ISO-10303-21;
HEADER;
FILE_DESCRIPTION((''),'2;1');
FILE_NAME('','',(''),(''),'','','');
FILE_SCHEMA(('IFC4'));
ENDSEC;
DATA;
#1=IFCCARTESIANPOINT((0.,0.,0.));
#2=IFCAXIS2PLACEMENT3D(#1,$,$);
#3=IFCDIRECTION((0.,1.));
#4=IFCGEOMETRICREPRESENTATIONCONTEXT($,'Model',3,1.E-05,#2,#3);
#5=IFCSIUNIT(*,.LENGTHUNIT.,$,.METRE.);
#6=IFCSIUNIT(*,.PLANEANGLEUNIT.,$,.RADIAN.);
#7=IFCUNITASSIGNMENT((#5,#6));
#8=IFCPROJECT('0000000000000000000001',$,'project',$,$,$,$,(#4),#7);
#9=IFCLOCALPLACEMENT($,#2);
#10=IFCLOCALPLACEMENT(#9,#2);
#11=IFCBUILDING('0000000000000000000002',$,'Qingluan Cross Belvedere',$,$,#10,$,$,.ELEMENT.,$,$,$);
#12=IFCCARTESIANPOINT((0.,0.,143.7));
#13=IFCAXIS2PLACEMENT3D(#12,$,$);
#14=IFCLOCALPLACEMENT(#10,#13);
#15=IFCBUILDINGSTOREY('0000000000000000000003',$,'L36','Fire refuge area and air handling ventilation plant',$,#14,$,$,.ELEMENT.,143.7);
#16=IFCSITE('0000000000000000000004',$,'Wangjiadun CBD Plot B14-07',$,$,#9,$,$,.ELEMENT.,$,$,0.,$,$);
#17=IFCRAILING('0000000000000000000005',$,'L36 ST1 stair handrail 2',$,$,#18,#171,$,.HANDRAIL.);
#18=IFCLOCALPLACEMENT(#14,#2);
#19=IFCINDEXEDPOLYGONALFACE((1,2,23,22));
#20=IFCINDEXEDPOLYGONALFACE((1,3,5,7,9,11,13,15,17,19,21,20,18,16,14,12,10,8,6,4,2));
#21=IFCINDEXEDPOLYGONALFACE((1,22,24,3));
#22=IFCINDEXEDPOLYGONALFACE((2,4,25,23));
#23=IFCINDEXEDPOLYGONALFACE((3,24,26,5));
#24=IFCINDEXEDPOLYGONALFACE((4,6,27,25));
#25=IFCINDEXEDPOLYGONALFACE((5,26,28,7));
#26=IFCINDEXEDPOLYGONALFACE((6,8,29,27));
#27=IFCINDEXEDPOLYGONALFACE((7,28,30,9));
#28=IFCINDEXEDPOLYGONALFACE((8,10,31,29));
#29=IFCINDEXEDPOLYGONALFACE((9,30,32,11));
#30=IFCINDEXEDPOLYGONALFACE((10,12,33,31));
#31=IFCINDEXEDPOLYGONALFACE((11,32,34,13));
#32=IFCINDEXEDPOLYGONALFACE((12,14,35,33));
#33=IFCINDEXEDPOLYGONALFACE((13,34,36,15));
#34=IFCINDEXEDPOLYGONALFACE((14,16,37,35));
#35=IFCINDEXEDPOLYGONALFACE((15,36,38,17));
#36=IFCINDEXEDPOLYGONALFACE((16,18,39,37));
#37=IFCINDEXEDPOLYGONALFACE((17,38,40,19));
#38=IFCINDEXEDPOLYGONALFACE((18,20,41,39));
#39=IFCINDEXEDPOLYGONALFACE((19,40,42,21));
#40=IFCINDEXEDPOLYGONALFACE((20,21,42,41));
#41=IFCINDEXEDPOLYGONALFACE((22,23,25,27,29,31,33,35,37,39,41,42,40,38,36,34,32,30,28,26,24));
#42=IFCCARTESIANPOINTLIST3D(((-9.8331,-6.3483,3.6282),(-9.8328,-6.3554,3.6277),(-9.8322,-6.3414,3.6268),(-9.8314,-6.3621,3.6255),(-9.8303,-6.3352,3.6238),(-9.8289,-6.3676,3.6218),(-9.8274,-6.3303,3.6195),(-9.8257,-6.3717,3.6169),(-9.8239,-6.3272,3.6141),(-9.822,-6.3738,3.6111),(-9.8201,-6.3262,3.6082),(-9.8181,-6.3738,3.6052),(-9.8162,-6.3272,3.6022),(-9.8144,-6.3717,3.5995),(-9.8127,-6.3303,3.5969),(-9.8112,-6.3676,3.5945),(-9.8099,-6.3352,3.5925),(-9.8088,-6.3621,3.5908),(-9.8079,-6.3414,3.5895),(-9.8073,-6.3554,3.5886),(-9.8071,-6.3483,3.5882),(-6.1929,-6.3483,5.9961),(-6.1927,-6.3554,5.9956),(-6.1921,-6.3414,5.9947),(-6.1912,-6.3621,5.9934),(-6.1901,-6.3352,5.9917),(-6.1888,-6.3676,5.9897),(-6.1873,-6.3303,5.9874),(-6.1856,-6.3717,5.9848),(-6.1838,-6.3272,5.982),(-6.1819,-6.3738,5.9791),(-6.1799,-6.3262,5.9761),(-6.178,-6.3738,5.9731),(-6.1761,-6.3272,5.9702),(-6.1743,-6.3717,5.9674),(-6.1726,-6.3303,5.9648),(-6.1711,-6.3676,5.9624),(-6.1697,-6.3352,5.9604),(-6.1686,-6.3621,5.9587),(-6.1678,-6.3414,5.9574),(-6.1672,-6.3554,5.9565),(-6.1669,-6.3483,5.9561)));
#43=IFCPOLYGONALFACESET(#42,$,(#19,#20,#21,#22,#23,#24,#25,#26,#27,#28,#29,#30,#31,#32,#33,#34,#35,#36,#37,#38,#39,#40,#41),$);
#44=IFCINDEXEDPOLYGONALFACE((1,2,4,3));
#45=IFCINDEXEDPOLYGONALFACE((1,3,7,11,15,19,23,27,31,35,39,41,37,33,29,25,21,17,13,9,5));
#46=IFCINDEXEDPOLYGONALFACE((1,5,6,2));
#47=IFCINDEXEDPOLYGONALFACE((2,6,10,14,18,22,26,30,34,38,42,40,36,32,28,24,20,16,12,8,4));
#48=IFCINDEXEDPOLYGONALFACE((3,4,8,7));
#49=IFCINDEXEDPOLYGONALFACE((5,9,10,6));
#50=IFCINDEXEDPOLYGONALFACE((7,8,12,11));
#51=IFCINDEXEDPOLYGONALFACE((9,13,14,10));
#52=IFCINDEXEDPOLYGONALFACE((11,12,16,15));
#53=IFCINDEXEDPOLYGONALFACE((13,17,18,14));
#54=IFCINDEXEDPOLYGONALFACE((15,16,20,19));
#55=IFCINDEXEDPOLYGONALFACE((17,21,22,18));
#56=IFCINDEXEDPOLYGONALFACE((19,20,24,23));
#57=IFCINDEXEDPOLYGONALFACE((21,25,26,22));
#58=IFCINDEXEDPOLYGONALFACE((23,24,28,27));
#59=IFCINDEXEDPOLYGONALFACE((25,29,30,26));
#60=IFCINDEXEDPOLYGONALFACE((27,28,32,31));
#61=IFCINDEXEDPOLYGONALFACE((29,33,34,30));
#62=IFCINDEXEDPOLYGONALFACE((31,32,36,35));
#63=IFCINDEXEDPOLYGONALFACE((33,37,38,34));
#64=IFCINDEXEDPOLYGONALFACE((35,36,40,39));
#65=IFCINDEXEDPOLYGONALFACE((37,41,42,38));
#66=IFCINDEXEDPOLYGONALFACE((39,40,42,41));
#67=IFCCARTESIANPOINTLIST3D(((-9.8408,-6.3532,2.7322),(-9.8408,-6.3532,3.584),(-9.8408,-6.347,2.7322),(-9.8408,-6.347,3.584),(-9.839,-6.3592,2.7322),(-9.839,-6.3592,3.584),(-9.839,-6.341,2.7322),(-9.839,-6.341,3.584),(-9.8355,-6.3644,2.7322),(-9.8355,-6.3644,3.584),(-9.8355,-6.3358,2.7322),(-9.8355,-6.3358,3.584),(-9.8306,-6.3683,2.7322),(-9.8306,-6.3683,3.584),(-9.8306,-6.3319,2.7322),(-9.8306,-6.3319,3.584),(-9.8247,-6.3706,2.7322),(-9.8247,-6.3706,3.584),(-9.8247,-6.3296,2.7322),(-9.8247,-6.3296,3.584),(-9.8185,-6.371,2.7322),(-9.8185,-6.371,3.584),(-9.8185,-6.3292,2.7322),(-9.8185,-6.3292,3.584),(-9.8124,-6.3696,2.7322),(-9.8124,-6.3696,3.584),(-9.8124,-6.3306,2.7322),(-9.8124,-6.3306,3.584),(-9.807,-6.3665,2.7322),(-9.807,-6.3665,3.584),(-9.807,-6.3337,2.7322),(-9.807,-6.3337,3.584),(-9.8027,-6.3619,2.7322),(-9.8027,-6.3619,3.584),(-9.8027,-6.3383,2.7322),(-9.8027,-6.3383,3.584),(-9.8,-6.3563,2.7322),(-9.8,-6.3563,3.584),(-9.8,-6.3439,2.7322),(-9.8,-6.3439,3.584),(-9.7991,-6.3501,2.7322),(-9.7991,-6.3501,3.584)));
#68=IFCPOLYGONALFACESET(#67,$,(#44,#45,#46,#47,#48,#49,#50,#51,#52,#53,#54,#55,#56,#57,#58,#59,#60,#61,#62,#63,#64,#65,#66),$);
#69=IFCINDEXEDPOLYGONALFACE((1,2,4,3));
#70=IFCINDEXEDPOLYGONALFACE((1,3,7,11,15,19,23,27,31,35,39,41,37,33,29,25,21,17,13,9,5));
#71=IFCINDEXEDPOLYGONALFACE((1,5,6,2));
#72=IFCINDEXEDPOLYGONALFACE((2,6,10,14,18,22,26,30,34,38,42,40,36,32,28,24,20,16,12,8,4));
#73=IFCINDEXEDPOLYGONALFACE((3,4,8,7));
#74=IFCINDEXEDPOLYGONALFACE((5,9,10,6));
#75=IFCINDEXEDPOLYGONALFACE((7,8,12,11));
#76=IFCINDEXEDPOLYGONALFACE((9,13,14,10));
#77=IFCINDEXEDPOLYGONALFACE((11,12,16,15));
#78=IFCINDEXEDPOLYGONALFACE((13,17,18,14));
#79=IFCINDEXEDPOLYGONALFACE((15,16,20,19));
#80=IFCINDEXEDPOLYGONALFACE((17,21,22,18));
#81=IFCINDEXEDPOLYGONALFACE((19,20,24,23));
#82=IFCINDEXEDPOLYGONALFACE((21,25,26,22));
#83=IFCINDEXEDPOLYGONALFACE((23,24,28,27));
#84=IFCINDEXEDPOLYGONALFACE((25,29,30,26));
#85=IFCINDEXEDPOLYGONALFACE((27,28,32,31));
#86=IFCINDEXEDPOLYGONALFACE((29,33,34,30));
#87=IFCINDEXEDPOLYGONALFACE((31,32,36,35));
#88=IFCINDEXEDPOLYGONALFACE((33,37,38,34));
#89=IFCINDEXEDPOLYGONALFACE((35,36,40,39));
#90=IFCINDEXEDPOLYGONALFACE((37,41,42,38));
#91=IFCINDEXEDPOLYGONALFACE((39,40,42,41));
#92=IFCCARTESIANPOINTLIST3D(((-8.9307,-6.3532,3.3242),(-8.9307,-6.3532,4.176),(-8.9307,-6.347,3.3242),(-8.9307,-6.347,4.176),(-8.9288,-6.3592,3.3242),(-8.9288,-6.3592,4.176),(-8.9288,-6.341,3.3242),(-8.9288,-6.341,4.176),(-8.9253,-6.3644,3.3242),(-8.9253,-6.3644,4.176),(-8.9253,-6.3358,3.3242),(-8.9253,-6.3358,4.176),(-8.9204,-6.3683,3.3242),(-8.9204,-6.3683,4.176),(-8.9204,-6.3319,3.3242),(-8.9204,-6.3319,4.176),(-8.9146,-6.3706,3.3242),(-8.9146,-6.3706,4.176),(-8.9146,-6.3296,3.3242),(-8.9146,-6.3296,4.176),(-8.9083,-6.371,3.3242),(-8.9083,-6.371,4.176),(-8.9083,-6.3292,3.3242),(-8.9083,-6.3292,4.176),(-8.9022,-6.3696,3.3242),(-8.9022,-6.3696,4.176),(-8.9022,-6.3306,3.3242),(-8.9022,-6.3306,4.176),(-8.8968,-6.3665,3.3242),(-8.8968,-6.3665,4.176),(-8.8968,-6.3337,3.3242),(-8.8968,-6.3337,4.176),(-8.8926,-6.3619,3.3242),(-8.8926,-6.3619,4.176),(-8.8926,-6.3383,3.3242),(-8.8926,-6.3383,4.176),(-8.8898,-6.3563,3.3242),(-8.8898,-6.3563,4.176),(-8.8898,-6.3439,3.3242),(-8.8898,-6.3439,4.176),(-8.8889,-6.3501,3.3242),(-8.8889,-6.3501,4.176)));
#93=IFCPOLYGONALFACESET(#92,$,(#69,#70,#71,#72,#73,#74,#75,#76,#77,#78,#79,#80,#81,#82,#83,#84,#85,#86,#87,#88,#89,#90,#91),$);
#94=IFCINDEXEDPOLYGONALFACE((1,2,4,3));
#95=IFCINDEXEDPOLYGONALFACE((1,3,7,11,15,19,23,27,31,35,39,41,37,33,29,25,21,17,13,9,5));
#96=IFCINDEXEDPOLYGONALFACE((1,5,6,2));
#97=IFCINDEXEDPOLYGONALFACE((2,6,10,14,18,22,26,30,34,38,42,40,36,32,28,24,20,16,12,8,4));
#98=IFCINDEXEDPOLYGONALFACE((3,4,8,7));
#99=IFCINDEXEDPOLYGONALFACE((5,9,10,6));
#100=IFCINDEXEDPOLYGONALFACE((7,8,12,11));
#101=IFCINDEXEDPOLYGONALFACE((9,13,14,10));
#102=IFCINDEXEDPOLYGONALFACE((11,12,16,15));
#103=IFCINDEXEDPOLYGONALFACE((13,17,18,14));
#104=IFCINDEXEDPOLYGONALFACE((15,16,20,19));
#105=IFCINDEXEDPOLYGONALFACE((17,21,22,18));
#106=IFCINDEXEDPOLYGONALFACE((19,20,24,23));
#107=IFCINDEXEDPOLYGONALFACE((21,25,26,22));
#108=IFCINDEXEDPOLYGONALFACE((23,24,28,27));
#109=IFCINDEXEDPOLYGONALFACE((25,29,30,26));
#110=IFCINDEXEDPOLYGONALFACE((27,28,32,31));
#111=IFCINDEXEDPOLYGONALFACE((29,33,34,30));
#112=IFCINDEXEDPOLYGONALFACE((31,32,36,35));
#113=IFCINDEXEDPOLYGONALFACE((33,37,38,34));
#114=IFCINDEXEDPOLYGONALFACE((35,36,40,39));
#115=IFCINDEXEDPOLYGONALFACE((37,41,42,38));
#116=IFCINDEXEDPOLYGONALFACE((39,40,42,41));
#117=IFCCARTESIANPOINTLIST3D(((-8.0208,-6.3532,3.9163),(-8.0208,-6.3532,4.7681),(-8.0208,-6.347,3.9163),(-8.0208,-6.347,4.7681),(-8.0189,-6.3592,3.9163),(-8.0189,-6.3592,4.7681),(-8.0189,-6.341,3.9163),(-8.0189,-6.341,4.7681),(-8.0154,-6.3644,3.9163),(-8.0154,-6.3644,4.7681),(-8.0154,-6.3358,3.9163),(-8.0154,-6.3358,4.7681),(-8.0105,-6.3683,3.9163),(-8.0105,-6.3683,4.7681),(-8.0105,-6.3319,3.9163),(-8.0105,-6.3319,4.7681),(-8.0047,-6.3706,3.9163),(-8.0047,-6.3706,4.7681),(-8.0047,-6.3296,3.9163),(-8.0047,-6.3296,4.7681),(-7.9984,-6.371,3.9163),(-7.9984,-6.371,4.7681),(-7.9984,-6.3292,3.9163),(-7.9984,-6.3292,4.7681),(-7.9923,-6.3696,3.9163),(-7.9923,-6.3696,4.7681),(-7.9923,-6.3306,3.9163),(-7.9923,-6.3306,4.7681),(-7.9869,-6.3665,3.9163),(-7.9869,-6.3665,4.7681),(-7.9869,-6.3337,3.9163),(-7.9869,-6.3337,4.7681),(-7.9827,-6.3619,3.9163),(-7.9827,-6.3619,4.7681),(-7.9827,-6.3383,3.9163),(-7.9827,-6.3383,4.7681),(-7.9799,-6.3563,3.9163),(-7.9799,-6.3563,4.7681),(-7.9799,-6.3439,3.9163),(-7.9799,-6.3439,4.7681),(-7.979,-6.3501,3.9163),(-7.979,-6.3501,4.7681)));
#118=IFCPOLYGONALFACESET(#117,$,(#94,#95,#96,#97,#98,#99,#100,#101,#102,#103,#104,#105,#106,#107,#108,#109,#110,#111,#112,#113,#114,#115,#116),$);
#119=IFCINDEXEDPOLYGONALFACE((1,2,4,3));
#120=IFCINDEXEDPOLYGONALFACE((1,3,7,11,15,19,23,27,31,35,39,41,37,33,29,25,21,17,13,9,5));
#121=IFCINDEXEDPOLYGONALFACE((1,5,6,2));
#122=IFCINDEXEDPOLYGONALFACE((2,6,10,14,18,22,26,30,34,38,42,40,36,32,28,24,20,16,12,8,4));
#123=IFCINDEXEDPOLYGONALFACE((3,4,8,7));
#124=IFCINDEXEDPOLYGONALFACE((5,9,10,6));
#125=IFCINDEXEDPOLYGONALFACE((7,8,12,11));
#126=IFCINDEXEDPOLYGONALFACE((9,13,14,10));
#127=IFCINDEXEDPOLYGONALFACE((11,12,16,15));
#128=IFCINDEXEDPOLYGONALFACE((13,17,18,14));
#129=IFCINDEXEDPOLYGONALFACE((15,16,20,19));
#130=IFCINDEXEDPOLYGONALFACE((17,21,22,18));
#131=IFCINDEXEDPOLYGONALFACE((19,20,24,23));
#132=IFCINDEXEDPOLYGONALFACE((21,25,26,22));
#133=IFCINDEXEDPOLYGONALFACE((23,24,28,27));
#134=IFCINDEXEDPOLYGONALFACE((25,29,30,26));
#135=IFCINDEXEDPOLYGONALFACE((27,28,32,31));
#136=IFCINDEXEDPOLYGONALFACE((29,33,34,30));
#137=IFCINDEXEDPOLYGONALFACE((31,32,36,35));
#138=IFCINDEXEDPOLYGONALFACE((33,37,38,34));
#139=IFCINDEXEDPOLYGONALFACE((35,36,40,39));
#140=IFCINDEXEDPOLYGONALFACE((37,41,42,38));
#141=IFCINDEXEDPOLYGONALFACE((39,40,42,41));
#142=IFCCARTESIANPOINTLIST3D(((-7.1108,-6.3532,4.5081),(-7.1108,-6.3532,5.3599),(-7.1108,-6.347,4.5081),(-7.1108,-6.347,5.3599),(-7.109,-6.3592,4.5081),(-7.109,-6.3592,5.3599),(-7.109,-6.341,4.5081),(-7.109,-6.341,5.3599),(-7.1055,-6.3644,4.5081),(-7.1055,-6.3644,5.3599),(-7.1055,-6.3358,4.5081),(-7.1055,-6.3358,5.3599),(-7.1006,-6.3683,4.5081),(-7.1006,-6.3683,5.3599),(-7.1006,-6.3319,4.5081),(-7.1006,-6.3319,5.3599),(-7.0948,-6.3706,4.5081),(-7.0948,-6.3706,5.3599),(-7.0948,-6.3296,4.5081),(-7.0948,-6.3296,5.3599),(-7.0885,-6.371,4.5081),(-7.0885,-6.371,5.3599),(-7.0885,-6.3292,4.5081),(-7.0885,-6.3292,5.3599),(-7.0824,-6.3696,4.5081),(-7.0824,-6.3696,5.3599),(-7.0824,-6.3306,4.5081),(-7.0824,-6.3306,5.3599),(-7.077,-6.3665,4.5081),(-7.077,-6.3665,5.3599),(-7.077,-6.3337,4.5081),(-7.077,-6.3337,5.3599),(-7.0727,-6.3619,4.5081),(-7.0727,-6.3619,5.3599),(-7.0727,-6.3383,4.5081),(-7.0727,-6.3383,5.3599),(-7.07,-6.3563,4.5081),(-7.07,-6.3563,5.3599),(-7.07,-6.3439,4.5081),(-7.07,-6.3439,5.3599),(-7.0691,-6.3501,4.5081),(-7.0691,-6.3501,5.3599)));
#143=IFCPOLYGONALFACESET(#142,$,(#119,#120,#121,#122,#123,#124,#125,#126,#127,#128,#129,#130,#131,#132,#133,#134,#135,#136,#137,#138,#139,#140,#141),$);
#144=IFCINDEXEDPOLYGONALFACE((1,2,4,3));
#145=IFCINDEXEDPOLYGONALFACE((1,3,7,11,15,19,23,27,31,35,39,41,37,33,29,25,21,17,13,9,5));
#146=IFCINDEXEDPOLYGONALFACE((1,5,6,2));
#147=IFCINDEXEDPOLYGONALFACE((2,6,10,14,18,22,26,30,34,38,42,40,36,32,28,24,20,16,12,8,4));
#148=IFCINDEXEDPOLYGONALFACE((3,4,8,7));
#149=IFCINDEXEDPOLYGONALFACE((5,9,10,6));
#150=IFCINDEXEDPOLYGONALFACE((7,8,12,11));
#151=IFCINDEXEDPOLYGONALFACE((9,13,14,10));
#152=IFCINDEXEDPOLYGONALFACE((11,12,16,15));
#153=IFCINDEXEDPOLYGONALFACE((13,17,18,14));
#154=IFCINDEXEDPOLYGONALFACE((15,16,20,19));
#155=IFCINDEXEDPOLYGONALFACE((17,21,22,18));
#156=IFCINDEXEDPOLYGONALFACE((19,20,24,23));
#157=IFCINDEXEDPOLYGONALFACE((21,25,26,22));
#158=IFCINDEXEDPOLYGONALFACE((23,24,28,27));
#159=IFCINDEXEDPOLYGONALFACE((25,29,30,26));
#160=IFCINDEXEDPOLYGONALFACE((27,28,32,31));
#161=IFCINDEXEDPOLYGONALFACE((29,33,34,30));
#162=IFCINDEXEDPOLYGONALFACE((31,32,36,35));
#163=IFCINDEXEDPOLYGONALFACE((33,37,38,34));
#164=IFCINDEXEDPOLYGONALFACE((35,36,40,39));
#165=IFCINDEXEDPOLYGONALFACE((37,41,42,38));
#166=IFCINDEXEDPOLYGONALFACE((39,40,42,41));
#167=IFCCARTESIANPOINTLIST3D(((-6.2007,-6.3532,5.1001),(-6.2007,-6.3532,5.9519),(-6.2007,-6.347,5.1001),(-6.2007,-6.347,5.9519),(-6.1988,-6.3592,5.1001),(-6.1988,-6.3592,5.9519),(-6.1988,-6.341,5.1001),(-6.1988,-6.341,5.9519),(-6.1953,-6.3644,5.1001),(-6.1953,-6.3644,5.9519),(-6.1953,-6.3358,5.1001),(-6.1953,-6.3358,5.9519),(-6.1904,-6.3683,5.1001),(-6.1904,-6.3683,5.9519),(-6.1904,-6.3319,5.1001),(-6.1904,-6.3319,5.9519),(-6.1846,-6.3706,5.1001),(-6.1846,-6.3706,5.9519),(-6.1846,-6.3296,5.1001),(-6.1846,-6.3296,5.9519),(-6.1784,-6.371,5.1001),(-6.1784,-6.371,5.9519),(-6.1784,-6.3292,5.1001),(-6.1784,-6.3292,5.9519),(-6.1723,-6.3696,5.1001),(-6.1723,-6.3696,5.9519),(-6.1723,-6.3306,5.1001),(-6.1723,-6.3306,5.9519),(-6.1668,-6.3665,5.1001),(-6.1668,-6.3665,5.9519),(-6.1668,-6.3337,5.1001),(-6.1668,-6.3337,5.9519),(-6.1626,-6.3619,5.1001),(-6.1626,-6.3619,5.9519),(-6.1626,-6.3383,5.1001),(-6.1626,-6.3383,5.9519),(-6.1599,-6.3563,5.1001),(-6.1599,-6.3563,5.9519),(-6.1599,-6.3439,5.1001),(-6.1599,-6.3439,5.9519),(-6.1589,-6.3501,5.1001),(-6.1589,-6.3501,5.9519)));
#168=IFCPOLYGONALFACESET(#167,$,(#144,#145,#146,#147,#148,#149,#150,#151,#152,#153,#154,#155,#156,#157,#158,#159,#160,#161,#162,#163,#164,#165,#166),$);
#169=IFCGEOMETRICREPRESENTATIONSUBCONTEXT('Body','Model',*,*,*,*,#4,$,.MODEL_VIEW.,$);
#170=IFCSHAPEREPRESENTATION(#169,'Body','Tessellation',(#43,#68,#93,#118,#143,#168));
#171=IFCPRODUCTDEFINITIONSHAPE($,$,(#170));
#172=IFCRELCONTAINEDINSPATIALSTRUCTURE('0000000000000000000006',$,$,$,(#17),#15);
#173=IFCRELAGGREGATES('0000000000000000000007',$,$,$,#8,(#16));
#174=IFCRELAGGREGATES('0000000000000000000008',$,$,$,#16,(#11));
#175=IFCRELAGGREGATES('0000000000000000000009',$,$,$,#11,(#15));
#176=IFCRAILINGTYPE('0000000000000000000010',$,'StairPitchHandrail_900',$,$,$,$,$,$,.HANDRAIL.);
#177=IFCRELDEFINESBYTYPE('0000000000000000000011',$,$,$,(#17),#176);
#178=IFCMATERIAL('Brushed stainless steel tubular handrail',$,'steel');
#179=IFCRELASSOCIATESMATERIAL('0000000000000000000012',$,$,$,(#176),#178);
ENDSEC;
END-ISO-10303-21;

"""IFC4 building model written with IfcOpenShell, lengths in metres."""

from ifc_helpers import new_model, si_unit, direction, frame, origin, origin_2d, place, context, subcontext, project, spatial, circle, extrude, material, type_object, element, save


model = new_model("IFC4")

# Units and contexts
model_context = context("Model", 3, precision=1e-05, world=origin(), true_north=direction((0.0, 1.0)))
body_context = subcontext(model_context, "Body", "Model", "MODEL_VIEW")
ifc_project = project(units=[si_unit("LENGTHUNIT", "METRE"), si_unit("PLANEANGLEUNIT", "RADIAN")], contexts=[model_context])

# Site, building, storey
site_placement = place(None, origin())
site = spatial("IfcSite", under=ifc_project, at=site_placement, Name="Wangjiadun CBD Plot B14-07", CompositionType="ELEMENT", RefElevation=0.0)
building_placement = place(site_placement, origin())
building = spatial("IfcBuilding", under=site, at=building_placement, Name="Qingluan Cross Belvedere", CompositionType="ELEMENT")
storey_placement = place(building_placement, frame((0.0, 0.0, 143.7)))
storey = spatial("IfcBuildingStorey", under=building, at=storey_placement, Name="L36", Description="Fire refuge area and air handling ventilation plant", CompositionType="ELEMENT", Elevation=143.7)

# Railing
ifc_material_1 = material(Name="Brushed stainless steel tubular handrail", Category="steel")
railing_type_1 = type_object("IfcRailingType", Name="StairPitchHandrail_900", PredefinedType="HANDRAIL", material=ifc_material_1)
railing_1_placement = place(storey_placement, frame((-9.8201, -6.3501, 2.7322)))
element("IfcRailing", 1, at=railing_1_placement, inside=storey, type_object=railing_type_1, Name="L36 ST1 stair handrail 2", PredefinedType="HANDRAIL", context=body_context, shape_type="SweptSolid", body=[
    extrude(circle(Radius=0.0239, at=origin_2d()), frame((0.0, 0.0, 0.876), z_axis=(0.838251, 0.0, 0.545285), x_axis=(0.0, 1.0, 0.0)), (0.0, 0.0, 1.0), 4.3425),
    extrude(circle(Radius=0.021, at=origin_2d()), origin(), (0.0, 0.0, 1.0), 0.8518),
    extrude(circle(Radius=0.021, at=origin_2d()), frame((0.9102, 0.0, 0.592)), (0.0, 0.0, 1.0), 0.8518),
    extrude(circle(Radius=0.021, at=origin_2d()), frame((1.8201, 0.0, 1.1841)), (0.0, 0.0, 1.0), 0.8518),
    extrude(circle(Radius=0.021, at=origin_2d()), frame((2.73, 0.0, 1.7759)), (0.0, 0.0, 1.0), 0.8518),
    extrude(circle(Radius=0.021, at=origin_2d()), frame((3.6401, 0.0, 2.3679)), (0.0, 0.0, 1.0), 0.8518),
])

save(model, "model.ifc")
